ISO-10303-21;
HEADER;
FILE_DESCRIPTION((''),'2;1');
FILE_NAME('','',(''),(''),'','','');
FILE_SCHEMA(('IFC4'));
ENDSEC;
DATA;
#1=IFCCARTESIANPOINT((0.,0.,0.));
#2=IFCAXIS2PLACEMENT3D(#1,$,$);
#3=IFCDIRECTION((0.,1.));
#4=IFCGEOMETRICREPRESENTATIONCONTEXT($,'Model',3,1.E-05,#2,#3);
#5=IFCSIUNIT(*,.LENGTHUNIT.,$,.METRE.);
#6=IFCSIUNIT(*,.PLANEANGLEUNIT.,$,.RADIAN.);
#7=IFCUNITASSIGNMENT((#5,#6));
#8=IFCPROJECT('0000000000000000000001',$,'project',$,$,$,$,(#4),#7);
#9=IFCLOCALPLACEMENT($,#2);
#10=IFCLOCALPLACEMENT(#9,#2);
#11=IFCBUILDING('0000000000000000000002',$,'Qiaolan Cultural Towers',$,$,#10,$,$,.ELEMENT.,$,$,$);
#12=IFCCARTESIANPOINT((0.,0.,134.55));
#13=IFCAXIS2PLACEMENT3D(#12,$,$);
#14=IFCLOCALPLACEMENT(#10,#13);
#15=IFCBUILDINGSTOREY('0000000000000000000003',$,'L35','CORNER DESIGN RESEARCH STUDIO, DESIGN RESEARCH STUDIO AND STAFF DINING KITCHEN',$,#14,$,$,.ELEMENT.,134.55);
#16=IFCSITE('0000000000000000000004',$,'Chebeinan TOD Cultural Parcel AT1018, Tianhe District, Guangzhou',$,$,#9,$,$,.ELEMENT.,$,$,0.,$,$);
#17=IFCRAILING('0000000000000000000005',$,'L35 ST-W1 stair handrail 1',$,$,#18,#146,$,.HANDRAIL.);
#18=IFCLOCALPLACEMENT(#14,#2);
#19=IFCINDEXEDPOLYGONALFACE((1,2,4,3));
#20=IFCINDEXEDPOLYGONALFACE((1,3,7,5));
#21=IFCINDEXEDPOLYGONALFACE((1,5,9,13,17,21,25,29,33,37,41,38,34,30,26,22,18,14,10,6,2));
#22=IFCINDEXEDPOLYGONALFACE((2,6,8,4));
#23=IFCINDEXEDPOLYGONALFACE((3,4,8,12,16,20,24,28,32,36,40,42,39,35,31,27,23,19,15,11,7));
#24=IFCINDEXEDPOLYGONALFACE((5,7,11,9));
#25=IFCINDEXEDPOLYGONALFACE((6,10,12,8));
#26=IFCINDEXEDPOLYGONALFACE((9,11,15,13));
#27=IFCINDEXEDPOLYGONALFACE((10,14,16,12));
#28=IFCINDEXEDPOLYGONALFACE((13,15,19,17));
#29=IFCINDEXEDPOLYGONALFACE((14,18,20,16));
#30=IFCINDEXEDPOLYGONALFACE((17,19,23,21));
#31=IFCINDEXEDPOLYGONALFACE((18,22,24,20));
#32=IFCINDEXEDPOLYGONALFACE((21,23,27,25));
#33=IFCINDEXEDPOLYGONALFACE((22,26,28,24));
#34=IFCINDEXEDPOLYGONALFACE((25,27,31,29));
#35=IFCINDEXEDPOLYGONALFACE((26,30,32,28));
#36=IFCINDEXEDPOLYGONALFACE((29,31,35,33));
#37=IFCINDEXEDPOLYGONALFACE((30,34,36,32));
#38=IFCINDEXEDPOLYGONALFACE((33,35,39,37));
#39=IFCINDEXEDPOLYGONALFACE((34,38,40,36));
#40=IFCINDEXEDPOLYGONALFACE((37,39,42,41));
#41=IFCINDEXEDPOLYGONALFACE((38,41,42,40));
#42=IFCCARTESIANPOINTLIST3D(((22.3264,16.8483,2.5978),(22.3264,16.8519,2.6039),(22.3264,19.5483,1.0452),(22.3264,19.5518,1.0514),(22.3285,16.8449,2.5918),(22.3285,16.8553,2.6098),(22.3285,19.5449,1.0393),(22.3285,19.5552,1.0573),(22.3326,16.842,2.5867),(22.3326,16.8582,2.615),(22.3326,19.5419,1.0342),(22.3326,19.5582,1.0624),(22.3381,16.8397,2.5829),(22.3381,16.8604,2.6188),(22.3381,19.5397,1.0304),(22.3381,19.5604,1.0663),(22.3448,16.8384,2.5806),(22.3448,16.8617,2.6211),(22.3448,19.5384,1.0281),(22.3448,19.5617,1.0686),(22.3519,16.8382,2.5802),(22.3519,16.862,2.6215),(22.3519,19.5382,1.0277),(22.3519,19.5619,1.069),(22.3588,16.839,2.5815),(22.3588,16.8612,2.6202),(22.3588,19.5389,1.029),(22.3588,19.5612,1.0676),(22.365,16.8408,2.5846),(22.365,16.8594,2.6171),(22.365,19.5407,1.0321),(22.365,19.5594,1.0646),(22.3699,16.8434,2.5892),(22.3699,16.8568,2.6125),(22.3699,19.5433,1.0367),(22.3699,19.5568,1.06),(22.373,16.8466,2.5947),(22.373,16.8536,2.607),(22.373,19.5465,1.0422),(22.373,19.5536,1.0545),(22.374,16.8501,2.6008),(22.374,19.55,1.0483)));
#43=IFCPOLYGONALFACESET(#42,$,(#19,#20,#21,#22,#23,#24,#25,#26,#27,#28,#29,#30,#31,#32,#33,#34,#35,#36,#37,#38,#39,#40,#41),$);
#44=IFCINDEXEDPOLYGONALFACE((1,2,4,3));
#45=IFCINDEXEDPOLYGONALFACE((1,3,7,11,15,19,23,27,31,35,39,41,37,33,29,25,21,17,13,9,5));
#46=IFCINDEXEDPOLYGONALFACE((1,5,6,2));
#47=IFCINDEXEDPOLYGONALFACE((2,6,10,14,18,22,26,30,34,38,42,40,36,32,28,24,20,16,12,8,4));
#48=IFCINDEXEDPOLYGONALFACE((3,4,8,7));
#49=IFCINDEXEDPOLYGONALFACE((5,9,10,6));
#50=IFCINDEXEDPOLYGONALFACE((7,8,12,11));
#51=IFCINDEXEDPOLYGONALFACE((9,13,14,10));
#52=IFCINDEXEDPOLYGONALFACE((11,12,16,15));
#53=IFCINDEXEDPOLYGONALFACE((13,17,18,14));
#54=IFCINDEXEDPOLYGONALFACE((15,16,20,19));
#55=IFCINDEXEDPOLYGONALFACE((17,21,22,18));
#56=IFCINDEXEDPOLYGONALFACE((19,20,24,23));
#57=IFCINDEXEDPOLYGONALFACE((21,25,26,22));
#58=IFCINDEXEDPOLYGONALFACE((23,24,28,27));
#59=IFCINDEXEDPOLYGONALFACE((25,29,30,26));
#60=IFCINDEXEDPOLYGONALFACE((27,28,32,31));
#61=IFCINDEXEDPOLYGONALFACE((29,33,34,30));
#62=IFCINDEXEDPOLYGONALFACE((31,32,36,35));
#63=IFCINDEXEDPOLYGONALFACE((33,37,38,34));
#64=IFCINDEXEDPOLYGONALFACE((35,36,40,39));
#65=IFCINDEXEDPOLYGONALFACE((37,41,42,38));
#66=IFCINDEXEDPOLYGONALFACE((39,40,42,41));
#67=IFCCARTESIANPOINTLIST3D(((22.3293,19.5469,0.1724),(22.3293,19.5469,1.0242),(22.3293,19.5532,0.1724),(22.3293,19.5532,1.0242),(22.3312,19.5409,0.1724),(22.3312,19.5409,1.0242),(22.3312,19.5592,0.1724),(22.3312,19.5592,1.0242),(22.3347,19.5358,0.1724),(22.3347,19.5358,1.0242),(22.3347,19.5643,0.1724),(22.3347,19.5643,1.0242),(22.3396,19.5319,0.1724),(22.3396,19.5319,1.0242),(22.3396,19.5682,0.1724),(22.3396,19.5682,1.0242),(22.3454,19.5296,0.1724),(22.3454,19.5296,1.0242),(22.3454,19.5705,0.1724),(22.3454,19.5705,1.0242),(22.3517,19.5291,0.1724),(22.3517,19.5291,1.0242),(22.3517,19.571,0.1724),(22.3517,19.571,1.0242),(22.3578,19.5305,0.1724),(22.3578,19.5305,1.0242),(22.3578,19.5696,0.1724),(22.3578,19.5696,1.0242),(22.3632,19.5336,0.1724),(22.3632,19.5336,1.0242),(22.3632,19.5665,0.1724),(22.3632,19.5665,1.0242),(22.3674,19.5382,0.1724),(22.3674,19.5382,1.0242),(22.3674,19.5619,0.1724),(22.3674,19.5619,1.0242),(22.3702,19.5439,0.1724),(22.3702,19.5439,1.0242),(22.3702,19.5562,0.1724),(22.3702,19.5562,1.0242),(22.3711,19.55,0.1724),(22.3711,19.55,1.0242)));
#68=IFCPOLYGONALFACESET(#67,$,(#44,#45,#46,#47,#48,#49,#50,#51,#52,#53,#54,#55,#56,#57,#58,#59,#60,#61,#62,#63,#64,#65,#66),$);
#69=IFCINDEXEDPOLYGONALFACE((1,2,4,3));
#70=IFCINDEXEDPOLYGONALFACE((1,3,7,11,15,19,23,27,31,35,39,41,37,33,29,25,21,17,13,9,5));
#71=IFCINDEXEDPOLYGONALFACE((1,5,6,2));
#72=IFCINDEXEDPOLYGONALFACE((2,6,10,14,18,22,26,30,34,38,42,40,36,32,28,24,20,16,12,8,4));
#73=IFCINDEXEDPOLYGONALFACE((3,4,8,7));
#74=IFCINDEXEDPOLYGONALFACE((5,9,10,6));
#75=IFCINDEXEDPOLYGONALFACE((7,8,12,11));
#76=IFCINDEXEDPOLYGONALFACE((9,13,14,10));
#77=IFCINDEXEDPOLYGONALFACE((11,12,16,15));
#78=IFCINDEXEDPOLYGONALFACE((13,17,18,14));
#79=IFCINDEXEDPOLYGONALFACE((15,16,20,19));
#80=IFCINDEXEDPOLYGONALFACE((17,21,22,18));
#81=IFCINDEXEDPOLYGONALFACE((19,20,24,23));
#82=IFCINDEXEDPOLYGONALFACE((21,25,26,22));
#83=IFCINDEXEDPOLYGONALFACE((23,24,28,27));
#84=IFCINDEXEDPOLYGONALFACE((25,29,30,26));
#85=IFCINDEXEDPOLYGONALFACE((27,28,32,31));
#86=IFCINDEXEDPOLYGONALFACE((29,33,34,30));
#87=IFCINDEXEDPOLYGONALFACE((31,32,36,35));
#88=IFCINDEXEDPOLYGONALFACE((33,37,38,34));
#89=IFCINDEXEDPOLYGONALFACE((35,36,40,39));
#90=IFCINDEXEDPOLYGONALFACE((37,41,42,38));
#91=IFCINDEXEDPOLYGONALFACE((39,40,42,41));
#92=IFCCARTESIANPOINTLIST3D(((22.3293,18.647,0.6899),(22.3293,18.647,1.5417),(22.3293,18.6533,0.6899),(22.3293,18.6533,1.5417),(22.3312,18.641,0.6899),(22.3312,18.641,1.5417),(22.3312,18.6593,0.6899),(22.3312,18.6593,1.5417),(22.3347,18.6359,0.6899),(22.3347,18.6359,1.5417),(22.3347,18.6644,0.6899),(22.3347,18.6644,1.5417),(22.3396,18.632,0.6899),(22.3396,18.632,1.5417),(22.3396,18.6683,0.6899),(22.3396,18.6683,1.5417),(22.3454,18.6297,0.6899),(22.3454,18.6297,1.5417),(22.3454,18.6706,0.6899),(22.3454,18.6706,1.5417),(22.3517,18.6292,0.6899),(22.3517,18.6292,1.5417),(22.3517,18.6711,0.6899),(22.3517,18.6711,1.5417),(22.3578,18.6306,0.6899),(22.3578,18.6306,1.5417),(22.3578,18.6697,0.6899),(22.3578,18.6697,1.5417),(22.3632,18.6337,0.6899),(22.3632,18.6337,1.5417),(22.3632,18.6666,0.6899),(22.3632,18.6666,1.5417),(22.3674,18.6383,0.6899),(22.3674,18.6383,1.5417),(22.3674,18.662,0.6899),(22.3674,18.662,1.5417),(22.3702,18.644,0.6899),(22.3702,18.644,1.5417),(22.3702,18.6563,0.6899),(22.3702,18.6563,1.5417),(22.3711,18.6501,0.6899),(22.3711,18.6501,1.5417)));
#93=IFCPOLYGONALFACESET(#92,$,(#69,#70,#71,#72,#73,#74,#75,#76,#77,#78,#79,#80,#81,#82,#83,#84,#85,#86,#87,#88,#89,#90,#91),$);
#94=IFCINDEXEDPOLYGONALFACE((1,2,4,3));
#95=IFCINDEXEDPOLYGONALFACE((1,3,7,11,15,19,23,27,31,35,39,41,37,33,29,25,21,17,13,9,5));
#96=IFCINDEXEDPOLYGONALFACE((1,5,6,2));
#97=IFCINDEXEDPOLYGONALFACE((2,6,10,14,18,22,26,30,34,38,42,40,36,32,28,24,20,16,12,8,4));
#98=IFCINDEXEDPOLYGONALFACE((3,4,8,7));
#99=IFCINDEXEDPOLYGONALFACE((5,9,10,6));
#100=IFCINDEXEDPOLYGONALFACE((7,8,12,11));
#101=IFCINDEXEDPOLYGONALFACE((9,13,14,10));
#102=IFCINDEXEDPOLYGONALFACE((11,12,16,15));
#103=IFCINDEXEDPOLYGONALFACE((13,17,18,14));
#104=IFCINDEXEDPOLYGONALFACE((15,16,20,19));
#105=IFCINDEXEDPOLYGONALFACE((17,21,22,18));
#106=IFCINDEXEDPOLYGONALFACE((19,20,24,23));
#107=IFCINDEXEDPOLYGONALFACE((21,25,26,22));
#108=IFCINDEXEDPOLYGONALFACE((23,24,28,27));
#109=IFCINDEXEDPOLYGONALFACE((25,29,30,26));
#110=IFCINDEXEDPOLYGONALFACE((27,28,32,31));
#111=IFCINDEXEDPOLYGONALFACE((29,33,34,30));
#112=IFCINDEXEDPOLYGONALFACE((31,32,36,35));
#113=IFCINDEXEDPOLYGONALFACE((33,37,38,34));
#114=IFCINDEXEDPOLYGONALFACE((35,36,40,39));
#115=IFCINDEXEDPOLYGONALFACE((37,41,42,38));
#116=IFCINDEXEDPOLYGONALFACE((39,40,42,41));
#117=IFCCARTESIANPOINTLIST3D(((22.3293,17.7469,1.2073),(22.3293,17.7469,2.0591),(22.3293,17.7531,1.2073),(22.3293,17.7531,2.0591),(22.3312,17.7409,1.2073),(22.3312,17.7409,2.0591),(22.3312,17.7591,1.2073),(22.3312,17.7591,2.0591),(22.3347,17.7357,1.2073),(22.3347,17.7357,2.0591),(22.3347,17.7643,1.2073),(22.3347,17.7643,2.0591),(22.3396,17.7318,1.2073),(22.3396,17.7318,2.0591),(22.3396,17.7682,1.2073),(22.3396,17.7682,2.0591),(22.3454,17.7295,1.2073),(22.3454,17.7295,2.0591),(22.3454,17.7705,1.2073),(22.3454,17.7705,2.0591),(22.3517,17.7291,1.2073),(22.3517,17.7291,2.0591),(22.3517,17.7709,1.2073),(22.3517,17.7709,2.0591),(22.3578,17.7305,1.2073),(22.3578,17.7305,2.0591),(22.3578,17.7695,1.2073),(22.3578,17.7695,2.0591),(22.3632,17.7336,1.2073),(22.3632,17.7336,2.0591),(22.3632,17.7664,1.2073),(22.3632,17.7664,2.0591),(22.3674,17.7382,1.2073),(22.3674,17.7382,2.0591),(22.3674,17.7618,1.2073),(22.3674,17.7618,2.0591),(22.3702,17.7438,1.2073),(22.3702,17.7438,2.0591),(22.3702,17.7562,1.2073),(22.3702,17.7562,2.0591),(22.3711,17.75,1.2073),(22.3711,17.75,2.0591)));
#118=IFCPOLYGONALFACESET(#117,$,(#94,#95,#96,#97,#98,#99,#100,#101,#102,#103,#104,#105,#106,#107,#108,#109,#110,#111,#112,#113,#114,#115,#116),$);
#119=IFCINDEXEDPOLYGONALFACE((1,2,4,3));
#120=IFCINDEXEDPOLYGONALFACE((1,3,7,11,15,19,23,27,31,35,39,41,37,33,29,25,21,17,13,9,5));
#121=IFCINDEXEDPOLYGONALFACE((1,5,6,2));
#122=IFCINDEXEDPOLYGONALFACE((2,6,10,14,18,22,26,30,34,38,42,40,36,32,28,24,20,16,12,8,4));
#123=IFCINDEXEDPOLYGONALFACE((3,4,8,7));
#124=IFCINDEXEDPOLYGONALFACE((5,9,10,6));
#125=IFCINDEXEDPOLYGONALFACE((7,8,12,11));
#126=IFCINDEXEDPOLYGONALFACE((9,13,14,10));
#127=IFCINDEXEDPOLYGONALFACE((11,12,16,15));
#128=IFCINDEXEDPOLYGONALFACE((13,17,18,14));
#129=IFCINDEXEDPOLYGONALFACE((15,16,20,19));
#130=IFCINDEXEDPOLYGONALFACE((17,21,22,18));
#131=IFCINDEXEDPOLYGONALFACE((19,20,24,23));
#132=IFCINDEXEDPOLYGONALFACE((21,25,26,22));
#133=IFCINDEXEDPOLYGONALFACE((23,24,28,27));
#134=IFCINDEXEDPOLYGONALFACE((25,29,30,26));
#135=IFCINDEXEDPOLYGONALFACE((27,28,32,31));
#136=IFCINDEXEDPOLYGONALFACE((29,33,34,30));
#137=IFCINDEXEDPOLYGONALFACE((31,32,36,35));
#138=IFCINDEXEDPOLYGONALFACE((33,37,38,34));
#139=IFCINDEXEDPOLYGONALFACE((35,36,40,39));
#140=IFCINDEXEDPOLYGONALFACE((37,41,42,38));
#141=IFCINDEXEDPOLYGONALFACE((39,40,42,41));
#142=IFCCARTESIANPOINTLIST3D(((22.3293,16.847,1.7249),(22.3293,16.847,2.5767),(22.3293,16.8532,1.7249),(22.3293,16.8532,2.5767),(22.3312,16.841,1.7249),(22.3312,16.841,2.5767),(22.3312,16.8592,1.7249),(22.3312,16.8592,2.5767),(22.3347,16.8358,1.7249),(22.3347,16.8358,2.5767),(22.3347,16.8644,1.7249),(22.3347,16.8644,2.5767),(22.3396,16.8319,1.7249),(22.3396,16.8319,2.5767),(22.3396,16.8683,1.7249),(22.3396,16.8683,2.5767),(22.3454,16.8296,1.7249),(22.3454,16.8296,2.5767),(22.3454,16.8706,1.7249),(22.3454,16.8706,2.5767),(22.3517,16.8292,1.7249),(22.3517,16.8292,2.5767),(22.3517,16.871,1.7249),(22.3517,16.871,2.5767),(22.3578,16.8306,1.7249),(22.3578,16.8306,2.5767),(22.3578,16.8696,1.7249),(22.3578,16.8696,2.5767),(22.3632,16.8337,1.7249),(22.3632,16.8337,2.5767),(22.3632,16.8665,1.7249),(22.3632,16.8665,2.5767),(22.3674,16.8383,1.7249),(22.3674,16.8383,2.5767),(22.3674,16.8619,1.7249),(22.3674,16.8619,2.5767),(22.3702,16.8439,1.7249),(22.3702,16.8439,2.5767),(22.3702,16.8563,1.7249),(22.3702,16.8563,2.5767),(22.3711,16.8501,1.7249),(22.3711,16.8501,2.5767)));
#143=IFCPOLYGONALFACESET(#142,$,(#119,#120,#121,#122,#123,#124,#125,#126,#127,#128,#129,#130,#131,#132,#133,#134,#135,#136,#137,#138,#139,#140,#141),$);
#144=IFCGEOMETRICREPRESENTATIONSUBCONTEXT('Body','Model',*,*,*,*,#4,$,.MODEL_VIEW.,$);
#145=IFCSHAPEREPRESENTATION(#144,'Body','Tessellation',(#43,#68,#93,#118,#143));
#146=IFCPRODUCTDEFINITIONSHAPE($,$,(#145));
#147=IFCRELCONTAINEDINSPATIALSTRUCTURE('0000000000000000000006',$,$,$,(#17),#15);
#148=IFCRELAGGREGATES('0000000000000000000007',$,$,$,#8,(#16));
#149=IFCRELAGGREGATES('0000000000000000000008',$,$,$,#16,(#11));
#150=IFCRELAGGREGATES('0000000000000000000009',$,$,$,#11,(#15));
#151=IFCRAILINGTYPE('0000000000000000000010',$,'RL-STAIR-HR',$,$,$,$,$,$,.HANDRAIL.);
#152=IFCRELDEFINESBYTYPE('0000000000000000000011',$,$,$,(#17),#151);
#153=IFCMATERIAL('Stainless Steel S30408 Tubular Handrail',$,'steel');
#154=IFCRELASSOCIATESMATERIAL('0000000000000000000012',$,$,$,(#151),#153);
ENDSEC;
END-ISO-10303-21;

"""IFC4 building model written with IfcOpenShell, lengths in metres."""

from ifc_helpers import new_model, si_unit, direction, frame, origin, origin_2d, place, context, subcontext, project, spatial, circle, extrude, material, type_object, element, save


model = new_model("IFC4")

# Units and contexts
model_context = context("Model", 3, precision=1e-05, world=origin(), true_north=direction((0.0, 1.0)))
body_context = subcontext(model_context, "Body", "Model", "MODEL_VIEW")
ifc_project = project(units=[si_unit("LENGTHUNIT", "METRE"), si_unit("PLANEANGLEUNIT", "RADIAN")], contexts=[model_context])

# Site, building, storey
site_placement = place(None, origin())
site = spatial("IfcSite", under=ifc_project, at=site_placement, Name="Chebeinan TOD Cultural Parcel AT1018, Tianhe District, Guangzhou", CompositionType="ELEMENT", RefElevation=0.0)
building_placement = place(site_placement, origin())
building = spatial("IfcBuilding", under=site, at=building_placement, Name="Qiaolan Cultural Towers", CompositionType="ELEMENT")
storey_placement = place(building_placement, frame((0.0, 0.0, 134.55)))
storey = spatial("IfcBuildingStorey", under=building, at=storey_placement, Name="L35", Description="CORNER DESIGN RESEARCH STUDIO, DESIGN RESEARCH STUDIO AND STAFF DINING KITCHEN", CompositionType="ELEMENT", Elevation=134.55)

# Railing
ifc_material_1 = material(Name="Stainless Steel S30408 Tubular Handrail", Category="steel")
railing_type_1 = type_object("IfcRailingType", Name="RL-STAIR-HR", PredefinedType="HANDRAIL", material=ifc_material_1)
railing_1_placement = place(storey_placement, frame((22.3501, 19.55, 0.1724)))
element("IfcRailing", 1, at=railing_1_placement, inside=storey, type_object=railing_type_1, Name="L35 ST-W1 stair handrail 1", PredefinedType="HANDRAIL", context=body_context, shape_type="SweptSolid", body=[
    extrude(circle(Radius=0.0239, at=origin_2d()), frame((0.0, 0.0, 0.876), z_axis=(0.0, -0.866904, 0.498476), x_axis=(1.0, 0.0, 0.0)), (0.0, 0.0, 1.0), 3.1145),
    extrude(circle(Radius=0.021, at=origin_2d()), origin(), (0.0, 0.0, 1.0), 0.8518),
    extrude(circle(Radius=0.021, at=origin_2d()), frame((0.0, -0.8999, 0.5176)), (0.0, 0.0, 1.0), 0.8518),
    extrude(circle(Radius=0.021, at=origin_2d()), frame((0.0, -1.8, 1.0349)), (0.0, 0.0, 1.0), 0.8518),
    extrude(circle(Radius=0.021, at=origin_2d()), frame((0.0, -2.7, 1.5525)), (0.0, 0.0, 1.0), 0.8518),
])

save(model, "model.ifc")
